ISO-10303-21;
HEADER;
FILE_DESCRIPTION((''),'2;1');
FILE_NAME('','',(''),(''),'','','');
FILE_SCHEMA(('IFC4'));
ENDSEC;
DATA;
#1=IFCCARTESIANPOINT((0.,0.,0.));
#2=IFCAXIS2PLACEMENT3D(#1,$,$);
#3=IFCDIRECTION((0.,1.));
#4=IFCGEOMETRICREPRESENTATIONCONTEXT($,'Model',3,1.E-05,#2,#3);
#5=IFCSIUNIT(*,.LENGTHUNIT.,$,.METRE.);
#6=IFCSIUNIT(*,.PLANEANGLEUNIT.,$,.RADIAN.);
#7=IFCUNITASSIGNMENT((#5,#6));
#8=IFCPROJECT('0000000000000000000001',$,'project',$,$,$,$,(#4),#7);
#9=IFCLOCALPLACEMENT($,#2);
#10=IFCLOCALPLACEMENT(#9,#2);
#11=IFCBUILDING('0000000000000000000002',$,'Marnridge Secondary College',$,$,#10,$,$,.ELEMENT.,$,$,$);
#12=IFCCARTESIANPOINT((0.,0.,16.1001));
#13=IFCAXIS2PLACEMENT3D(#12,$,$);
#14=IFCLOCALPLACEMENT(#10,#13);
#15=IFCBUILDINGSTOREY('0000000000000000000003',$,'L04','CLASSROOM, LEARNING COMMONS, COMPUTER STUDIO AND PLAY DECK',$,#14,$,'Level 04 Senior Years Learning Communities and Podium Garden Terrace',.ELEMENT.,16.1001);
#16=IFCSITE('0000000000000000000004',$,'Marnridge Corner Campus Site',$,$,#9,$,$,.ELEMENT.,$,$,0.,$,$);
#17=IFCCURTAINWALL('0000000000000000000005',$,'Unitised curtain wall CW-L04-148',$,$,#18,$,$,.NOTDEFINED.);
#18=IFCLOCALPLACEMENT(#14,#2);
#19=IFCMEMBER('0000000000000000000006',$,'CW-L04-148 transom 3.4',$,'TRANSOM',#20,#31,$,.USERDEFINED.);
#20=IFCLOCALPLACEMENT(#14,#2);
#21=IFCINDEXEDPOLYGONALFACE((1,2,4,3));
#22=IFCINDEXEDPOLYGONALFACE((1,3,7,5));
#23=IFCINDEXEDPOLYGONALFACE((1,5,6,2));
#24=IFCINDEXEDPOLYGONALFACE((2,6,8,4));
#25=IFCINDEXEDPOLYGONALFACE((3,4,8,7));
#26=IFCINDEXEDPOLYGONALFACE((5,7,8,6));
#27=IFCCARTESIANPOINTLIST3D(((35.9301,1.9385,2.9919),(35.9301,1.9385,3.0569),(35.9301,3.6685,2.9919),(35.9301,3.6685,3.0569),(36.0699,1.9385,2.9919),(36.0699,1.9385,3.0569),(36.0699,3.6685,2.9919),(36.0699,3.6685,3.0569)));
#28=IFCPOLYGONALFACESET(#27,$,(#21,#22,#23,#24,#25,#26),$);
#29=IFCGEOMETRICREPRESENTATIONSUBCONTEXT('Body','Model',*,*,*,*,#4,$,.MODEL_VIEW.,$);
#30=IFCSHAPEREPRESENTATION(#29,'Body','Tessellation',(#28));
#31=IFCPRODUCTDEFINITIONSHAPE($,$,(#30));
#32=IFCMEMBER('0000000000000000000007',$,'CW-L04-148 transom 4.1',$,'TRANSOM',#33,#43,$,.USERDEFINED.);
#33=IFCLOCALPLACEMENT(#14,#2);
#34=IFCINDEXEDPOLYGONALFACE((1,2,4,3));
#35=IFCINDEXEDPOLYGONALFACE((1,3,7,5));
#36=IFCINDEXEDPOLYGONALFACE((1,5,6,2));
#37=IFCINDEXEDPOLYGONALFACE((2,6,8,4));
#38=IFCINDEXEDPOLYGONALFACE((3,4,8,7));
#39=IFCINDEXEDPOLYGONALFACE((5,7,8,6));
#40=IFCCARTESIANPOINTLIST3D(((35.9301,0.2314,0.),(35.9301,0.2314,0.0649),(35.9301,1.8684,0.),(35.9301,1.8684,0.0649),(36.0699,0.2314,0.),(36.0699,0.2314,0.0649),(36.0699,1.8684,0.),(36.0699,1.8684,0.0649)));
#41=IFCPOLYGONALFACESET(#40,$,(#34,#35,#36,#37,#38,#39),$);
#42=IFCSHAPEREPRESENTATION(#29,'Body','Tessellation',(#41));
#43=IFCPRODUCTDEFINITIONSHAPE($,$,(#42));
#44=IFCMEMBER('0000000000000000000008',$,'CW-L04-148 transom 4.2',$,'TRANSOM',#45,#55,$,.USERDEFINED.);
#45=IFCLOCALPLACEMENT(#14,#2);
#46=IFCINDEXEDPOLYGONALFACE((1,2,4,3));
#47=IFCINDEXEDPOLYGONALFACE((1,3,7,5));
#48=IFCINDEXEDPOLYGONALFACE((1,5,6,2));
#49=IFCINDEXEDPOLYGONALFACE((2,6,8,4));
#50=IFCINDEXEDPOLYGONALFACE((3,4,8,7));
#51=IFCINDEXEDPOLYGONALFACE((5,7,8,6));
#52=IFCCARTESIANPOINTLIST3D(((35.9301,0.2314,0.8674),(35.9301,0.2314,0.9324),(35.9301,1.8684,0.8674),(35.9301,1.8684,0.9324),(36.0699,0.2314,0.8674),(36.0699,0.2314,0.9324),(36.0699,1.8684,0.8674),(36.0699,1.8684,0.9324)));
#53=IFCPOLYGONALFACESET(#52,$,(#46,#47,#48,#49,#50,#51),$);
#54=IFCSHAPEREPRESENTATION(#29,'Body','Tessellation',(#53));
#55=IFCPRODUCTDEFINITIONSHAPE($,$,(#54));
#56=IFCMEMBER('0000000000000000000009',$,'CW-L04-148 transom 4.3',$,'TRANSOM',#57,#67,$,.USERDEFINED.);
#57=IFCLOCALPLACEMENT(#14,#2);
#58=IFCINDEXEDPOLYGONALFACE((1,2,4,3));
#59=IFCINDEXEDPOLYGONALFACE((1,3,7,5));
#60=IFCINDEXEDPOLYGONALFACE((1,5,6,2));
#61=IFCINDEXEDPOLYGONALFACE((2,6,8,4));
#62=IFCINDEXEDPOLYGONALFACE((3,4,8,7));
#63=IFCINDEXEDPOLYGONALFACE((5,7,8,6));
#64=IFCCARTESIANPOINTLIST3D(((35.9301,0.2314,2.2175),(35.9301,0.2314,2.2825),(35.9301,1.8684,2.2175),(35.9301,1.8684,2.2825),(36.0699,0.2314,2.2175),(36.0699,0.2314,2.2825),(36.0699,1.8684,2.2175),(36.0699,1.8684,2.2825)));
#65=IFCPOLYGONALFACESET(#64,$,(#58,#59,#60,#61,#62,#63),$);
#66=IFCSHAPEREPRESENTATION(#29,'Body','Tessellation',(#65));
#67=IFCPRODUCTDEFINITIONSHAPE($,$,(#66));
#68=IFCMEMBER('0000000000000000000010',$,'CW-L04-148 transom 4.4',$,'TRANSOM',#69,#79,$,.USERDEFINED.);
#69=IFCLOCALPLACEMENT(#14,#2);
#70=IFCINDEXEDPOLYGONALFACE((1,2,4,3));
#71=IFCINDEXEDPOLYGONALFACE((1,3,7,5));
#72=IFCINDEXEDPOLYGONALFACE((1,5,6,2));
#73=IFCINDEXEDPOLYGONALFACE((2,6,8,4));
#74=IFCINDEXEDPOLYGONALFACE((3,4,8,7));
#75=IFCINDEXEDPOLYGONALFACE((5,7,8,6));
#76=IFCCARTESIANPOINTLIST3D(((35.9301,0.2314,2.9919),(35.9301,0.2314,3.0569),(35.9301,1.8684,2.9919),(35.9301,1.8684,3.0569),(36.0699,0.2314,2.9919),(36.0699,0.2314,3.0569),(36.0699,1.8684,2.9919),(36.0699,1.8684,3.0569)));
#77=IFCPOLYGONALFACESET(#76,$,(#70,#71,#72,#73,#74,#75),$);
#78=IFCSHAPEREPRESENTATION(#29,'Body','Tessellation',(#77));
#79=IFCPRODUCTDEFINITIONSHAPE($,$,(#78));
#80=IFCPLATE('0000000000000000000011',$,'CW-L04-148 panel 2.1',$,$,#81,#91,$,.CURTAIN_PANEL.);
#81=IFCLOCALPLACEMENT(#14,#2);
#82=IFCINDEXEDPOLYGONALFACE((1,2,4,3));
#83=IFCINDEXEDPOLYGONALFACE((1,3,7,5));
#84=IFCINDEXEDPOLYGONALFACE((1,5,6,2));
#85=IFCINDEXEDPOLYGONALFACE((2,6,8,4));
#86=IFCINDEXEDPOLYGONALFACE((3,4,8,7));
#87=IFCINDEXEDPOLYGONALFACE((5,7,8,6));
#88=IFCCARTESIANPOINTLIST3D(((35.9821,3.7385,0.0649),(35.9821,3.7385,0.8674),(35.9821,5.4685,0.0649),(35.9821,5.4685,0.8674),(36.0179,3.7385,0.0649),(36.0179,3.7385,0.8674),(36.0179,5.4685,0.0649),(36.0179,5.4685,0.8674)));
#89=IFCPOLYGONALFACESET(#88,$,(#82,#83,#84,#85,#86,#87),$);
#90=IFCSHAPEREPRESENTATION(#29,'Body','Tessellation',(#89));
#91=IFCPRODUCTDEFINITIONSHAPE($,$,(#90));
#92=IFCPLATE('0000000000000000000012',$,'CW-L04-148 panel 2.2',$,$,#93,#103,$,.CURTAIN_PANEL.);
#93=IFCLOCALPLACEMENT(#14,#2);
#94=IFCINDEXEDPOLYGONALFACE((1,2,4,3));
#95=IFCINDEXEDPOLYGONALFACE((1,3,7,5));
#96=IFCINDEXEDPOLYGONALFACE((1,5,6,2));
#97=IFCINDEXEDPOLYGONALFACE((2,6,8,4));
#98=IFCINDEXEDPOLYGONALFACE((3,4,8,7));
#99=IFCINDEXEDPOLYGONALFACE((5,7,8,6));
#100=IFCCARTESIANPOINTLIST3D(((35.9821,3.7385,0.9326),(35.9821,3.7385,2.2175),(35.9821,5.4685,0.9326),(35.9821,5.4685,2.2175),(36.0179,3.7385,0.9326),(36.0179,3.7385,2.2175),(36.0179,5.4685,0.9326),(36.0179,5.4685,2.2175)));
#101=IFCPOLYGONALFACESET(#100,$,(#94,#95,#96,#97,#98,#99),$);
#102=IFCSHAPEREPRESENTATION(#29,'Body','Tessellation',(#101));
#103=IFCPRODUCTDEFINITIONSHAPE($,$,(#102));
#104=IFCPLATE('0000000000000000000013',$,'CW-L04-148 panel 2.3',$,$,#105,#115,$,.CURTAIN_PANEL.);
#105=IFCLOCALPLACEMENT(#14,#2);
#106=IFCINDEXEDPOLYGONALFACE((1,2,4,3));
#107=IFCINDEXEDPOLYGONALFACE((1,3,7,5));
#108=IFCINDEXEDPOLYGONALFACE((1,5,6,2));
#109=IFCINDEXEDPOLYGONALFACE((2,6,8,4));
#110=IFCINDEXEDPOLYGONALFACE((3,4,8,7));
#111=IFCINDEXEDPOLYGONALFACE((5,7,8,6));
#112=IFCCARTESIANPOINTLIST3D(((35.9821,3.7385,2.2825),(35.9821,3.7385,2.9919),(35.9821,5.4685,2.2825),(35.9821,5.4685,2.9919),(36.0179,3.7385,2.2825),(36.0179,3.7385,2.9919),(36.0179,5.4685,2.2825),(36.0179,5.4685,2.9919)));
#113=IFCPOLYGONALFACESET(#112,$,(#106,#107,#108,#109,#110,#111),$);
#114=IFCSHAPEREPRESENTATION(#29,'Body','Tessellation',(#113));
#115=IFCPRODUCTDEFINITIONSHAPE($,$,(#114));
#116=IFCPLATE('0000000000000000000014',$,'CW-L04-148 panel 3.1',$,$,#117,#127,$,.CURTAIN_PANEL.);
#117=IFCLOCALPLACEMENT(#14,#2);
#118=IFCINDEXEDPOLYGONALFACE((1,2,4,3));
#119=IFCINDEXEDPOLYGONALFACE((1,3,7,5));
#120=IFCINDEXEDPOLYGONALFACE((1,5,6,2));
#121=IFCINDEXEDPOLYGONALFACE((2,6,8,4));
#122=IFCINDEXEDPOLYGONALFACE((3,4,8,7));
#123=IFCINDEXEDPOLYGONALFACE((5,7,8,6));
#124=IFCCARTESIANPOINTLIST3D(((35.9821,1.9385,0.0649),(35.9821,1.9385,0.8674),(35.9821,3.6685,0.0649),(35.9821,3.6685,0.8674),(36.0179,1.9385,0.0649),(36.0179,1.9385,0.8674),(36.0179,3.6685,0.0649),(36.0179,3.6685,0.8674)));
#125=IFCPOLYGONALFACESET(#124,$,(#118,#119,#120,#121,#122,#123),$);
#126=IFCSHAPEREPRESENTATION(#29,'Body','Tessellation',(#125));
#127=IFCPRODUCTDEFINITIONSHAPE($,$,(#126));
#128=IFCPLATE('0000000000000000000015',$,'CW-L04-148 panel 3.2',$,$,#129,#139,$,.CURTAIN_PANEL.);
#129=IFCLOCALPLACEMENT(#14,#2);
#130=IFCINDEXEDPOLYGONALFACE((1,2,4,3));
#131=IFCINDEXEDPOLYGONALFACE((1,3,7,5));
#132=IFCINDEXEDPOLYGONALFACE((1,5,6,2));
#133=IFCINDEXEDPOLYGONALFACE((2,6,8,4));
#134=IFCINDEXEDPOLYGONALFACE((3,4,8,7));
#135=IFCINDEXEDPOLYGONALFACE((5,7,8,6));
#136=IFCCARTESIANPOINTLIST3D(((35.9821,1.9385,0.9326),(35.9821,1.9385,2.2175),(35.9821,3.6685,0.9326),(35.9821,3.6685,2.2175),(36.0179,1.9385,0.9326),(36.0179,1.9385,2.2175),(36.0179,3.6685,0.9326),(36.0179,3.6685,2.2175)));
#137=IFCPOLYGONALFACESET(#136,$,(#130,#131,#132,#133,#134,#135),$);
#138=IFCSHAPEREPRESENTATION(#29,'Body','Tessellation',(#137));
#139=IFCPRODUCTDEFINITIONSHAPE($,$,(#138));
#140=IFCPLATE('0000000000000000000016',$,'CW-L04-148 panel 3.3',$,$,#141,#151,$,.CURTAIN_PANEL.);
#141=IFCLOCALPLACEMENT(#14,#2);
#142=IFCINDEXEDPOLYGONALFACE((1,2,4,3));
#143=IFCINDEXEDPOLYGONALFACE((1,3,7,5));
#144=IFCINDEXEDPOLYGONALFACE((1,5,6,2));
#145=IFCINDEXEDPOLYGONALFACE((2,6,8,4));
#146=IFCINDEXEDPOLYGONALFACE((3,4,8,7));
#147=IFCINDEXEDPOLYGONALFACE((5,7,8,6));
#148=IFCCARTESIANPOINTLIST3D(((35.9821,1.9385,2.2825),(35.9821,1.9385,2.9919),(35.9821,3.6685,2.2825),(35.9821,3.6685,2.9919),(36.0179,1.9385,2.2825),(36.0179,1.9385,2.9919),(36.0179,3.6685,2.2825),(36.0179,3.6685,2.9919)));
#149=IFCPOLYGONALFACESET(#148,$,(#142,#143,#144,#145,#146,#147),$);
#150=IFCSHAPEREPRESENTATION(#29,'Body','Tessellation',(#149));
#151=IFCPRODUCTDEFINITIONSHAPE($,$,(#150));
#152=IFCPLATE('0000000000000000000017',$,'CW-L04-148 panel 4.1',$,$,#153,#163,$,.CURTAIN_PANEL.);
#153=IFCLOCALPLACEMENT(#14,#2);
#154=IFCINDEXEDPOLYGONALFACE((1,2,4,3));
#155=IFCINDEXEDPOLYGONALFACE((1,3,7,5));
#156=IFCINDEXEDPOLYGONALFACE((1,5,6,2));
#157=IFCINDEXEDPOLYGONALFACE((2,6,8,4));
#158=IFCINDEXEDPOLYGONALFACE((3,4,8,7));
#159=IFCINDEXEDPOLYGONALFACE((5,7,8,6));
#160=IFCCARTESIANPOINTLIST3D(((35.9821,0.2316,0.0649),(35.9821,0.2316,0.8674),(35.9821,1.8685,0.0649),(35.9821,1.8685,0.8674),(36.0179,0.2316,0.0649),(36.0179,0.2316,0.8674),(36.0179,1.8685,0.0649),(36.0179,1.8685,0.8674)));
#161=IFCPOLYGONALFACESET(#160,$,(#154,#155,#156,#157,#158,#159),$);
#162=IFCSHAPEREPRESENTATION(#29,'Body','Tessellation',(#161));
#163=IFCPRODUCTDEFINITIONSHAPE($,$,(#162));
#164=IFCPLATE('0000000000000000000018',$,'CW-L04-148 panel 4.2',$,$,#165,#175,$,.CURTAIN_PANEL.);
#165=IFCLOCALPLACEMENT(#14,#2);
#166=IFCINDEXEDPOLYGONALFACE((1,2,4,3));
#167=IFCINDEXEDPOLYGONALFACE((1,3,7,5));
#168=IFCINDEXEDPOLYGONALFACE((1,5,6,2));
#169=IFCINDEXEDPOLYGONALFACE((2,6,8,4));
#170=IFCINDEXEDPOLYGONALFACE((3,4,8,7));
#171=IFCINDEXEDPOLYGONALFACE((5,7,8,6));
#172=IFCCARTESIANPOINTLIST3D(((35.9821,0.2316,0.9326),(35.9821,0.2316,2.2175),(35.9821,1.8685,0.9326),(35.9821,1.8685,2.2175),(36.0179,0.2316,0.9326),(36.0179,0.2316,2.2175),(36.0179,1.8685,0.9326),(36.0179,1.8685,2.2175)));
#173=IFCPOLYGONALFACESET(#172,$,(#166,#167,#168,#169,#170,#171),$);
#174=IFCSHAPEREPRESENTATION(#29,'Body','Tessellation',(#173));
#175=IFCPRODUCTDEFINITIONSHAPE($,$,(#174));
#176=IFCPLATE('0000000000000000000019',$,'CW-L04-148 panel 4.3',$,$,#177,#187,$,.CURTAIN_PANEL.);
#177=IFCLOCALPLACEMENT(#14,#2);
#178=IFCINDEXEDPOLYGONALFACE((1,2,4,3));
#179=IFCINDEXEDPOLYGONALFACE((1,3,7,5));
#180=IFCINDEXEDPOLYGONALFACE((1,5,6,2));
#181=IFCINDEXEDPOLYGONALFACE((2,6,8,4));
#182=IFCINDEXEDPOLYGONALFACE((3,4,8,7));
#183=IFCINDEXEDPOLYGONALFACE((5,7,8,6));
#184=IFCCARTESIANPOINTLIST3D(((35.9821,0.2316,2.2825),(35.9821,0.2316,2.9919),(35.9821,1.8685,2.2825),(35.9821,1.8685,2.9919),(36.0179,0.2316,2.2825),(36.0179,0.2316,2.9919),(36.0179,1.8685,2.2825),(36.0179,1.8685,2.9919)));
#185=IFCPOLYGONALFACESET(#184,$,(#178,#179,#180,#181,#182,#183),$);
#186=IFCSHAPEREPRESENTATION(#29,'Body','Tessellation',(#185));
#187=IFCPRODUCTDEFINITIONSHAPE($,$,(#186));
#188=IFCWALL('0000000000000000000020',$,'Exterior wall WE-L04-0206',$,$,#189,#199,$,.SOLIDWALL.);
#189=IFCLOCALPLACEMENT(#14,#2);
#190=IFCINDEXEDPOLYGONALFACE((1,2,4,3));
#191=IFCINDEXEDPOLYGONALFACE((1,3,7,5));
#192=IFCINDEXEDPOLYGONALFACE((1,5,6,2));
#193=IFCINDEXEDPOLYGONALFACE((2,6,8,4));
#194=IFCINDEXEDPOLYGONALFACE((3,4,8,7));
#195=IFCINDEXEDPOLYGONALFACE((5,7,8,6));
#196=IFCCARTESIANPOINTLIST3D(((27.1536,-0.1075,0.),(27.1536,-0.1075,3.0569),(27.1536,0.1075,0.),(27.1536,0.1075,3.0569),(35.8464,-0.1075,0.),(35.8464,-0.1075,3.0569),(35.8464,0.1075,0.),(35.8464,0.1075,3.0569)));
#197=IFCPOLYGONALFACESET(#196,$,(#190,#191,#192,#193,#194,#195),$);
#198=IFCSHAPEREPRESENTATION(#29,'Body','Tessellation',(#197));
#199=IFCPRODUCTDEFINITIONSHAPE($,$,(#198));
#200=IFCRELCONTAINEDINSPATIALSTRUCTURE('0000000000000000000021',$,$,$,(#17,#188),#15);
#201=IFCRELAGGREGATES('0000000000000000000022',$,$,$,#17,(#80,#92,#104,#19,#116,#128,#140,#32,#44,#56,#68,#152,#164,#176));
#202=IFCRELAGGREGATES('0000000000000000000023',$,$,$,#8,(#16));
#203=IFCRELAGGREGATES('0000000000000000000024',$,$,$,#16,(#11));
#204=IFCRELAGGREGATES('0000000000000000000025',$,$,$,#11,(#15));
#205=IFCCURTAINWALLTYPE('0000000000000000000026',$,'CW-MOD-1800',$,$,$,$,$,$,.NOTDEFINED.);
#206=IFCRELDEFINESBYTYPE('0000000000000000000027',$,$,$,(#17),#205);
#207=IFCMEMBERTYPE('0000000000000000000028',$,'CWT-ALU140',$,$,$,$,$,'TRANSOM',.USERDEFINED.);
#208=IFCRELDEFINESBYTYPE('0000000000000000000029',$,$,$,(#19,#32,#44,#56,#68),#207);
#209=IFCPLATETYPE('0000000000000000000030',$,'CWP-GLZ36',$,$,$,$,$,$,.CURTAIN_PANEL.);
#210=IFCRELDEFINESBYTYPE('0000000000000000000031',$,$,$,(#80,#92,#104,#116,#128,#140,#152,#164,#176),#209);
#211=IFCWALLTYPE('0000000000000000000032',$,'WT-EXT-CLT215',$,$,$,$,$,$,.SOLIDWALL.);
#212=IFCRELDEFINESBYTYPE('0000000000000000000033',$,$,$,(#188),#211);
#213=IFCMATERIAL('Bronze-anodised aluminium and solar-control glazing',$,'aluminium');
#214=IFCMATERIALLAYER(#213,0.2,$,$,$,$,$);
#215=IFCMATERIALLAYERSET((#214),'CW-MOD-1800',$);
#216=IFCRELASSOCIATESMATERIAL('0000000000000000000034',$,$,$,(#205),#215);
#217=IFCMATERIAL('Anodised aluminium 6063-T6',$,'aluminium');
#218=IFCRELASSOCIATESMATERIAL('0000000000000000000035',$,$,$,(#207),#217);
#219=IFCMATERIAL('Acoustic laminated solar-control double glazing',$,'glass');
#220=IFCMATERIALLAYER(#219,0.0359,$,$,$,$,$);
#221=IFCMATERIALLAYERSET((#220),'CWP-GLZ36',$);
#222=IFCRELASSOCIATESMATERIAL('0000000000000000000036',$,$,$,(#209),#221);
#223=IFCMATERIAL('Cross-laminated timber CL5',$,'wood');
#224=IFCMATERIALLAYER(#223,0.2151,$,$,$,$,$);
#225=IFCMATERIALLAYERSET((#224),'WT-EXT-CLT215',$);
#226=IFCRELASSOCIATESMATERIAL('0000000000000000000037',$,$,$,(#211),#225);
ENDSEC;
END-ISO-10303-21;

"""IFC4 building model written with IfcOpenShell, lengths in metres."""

from ifc_helpers import new_model, si_unit, direction, frame, frame_2d, origin, origin_2d, place, context, subcontext, project, spatial, rectangle, extrude, material, layer, layer_set, material_profile, profile_set, type_object, element, aggregate, save


model = new_model("IFC4")

# Units and contexts
model_context = context("Model", 3, precision=1e-05, world=origin(), true_north=direction((0.0, 1.0)))
body_context = subcontext(model_context, "Body", "Model", "MODEL_VIEW")
ifc_project = project(units=[si_unit("LENGTHUNIT", "METRE"), si_unit("PLANEANGLEUNIT", "RADIAN")], contexts=[model_context])

# Site, building, storey
site_placement = place(None, origin())
site = spatial("IfcSite", under=ifc_project, at=site_placement, Name="Marnridge Corner Campus Site", CompositionType="ELEMENT", RefElevation=0.0)
building_placement = place(site_placement, origin())
building = spatial("IfcBuilding", under=site, at=building_placement, Name="Marnridge Secondary College", CompositionType="ELEMENT")
storey_placement = place(building_placement, frame((0.0, 0.0, 16.1001)))
storey = spatial("IfcBuildingStorey", under=building, at=storey_placement, Name="L04", Description="CLASSROOM, LEARNING COMMONS, COMPUTER STUDIO AND PLAY DECK", LongName="Level 04 Senior Years Learning Communities and Podium Garden Terrace", CompositionType="ELEMENT", Elevation=16.1001)

# Curtain wall, members, plates
ifc_material_1 = material(Name="Bronze-anodised aluminium and solar-control glazing", Category="aluminium")
ifc_layer_1 = layer(ifc_material_1, 0.2)
ifc_layer_set_1 = layer_set([ifc_layer_1], Name="CW-MOD-1800")
curtain_wall_type = type_object("IfcCurtainWallType", Name="CW-MOD-1800", PredefinedType="NOTDEFINED", material=ifc_layer_set_1)
curtain_wall_placement = place(storey_placement, origin())
curtain_wall = element("IfcCurtainWall", 1, at=curtain_wall_placement, inside=storey, type_object=curtain_wall_type, Name="Unitised curtain wall CW-L04-148", PredefinedType="NOTDEFINED")
ifc_material_2 = material(Name="Anodised aluminium 6063-T6", Category="aluminium")
ifc_material_profile_1 = material_profile(ifc_material_2, rectangle(XDim=0.0649, YDim=0.1399, at=origin_2d()), Name="ALU 65x140")
ifc_profile_set_1 = profile_set([ifc_material_profile_1], Name="Anodised aluminium 6063-T6")
member_type_1 = type_object("IfcMemberType", Name="CWT-ALU140", ElementType="TRANSOM", PredefinedType="USERDEFINED", material=ifc_profile_set_1)
member_1_placement = place(storey_placement, frame((36.0, 3.6685, 3.0244), z_axis=(0.0, -1.0, 0.0), x_axis=(0.0, 0.0, 1.0)))
member_1 = element("IfcMember", 2, at=member_1_placement, type_object=member_type_1, Name="CW-L04-148 transom 3.4", ObjectType="TRANSOM", PredefinedType="USERDEFINED", context=body_context, shape_type="SweptSolid", body=[
    extrude(rectangle(XDim=0.0649, YDim=0.1399, at=origin_2d()), origin(), (0.0, 0.0, 1.0), 1.73),
])
member_2_placement = place(storey_placement, frame((36.0, 1.8684, 0.0325), z_axis=(0.0, -1.0, 0.0), x_axis=(0.0, 0.0, 1.0)))
member_2 = element("IfcMember", 3, at=member_2_placement, type_object=member_type_1, Name="CW-L04-148 transom 4.1", ObjectType="TRANSOM", PredefinedType="USERDEFINED", context=body_context, shape_type="SweptSolid", body=[
    extrude(rectangle(XDim=0.0649, YDim=0.1399, at=origin_2d()), origin(), (0.0, 0.0, 1.0), 1.637),
])
member_3_placement = place(storey_placement, frame((36.0, 1.8684, 0.8999), z_axis=(0.0, -1.0, 0.0), x_axis=(0.0, 0.0, 1.0)))
member_3 = element("IfcMember", 4, at=member_3_placement, type_object=member_type_1, Name="CW-L04-148 transom 4.2", ObjectType="TRANSOM", PredefinedType="USERDEFINED", context=body_context, shape_type="SweptSolid", body=[
    extrude(rectangle(XDim=0.0649, YDim=0.1399, at=origin_2d()), origin(), (0.0, 0.0, 1.0), 1.637),
])
member_4_placement = place(storey_placement, frame((36.0, 1.8684, 2.25), z_axis=(0.0, -1.0, 0.0), x_axis=(0.0, 0.0, 1.0)))
member_4 = element("IfcMember", 5, at=member_4_placement, type_object=member_type_1, Name="CW-L04-148 transom 4.3", ObjectType="TRANSOM", PredefinedType="USERDEFINED", context=body_context, shape_type="SweptSolid", body=[
    extrude(rectangle(XDim=0.0649, YDim=0.1399, at=origin_2d()), origin(), (0.0, 0.0, 1.0), 1.637),
])
member_5_placement = place(storey_placement, frame((36.0, 1.8684, 3.0244), z_axis=(0.0, -1.0, 0.0), x_axis=(0.0, 0.0, 1.0)))
member_5 = element("IfcMember", 6, at=member_5_placement, type_object=member_type_1, Name="CW-L04-148 transom 4.4", ObjectType="TRANSOM", PredefinedType="USERDEFINED", context=body_context, shape_type="SweptSolid", body=[
    extrude(rectangle(XDim=0.0649, YDim=0.1399, at=origin_2d()), origin(), (0.0, 0.0, 1.0), 1.637),
])
ifc_material_3 = material(Name="Acoustic laminated solar-control double glazing", Category="glass")
ifc_layer_2 = layer(ifc_material_3, 0.0359)
ifc_layer_set_2 = layer_set([ifc_layer_2], Name="CWP-GLZ36")
plate_type = type_object("IfcPlateType", Name="CWP-GLZ36", PredefinedType="CURTAIN_PANEL", material=ifc_layer_set_2)
plate_1_placement = place(storey_placement, frame((36.0, 4.6035, 0.0649), z_axis=(0.0, 0.0, 1.0), x_axis=(0.0, -1.0, 0.0)))
plate_1 = element("IfcPlate", 7, at=plate_1_placement, type_object=plate_type, Name="CW-L04-148 panel 2.1", PredefinedType="CURTAIN_PANEL", context=body_context, shape_type="SweptSolid", body=[
    extrude(rectangle(XDim=1.73, YDim=0.0359, at=origin_2d()), origin(), (0.0, 0.0, 1.0), 0.8025),
])
plate_2_placement = place(storey_placement, frame((36.0, 4.6035, 0.9326), z_axis=(0.0, 0.0, 1.0), x_axis=(0.0, -1.0, 0.0)))
plate_2 = element("IfcPlate", 8, at=plate_2_placement, type_object=plate_type, Name="CW-L04-148 panel 2.2", PredefinedType="CURTAIN_PANEL", context=body_context, shape_type="SweptSolid", body=[
    extrude(rectangle(XDim=1.73, YDim=0.0359, at=origin_2d()), origin(), (0.0, 0.0, 1.0), 1.2849),
])
plate_3_placement = place(storey_placement, frame((36.0, 4.6035, 2.2825), z_axis=(0.0, 0.0, 1.0), x_axis=(0.0, -1.0, 0.0)))
plate_3 = element("IfcPlate", 9, at=plate_3_placement, type_object=plate_type, Name="CW-L04-148 panel 2.3", PredefinedType="CURTAIN_PANEL", context=body_context, shape_type="SweptSolid", body=[
    extrude(rectangle(XDim=1.73, YDim=0.0359, at=origin_2d()), origin(), (0.0, 0.0, 1.0), 0.7095),
])
plate_4_placement = place(storey_placement, frame((36.0, 2.8035, 0.0649), z_axis=(0.0, 0.0, 1.0), x_axis=(0.0, -1.0, 0.0)))
plate_4 = element("IfcPlate", 10, at=plate_4_placement, type_object=plate_type, Name="CW-L04-148 panel 3.1", PredefinedType="CURTAIN_PANEL", context=body_context, shape_type="SweptSolid", body=[
    extrude(rectangle(XDim=1.73, YDim=0.0359, at=origin_2d()), origin(), (0.0, 0.0, 1.0), 0.8025),
])
plate_5_placement = place(storey_placement, frame((36.0, 2.8035, 0.9326), z_axis=(0.0, 0.0, 1.0), x_axis=(0.0, -1.0, 0.0)))
plate_5 = element("IfcPlate", 11, at=plate_5_placement, type_object=plate_type, Name="CW-L04-148 panel 3.2", PredefinedType="CURTAIN_PANEL", context=body_context, shape_type="SweptSolid", body=[
    extrude(rectangle(XDim=1.73, YDim=0.0359, at=origin_2d()), origin(), (0.0, 0.0, 1.0), 1.2849),
])
plate_6_placement = place(storey_placement, frame((36.0, 2.8035, 2.2825), z_axis=(0.0, 0.0, 1.0), x_axis=(0.0, -1.0, 0.0)))
plate_6 = element("IfcPlate", 12, at=plate_6_placement, type_object=plate_type, Name="CW-L04-148 panel 3.3", PredefinedType="CURTAIN_PANEL", context=body_context, shape_type="SweptSolid", body=[
    extrude(rectangle(XDim=1.73, YDim=0.0359, at=origin_2d()), origin(), (0.0, 0.0, 1.0), 0.7095),
])
plate_7_placement = place(storey_placement, frame((36.0, 1.05, 0.0649), z_axis=(0.0, 0.0, 1.0), x_axis=(0.0, -1.0, 0.0)))
plate_7 = element("IfcPlate", 13, at=plate_7_placement, type_object=plate_type, Name="CW-L04-148 panel 4.1", PredefinedType="CURTAIN_PANEL", context=body_context, shape_type="SweptSolid", body=[
    extrude(rectangle(XDim=1.637, YDim=0.0359, at=origin_2d()), origin(), (0.0, 0.0, 1.0), 0.8025),
])
plate_8_placement = place(storey_placement, frame((36.0, 1.05, 0.9326), z_axis=(0.0, 0.0, 1.0), x_axis=(0.0, -1.0, 0.0)))
plate_8 = element("IfcPlate", 14, at=plate_8_placement, type_object=plate_type, Name="CW-L04-148 panel 4.2", PredefinedType="CURTAIN_PANEL", context=body_context, shape_type="SweptSolid", body=[
    extrude(rectangle(XDim=1.637, YDim=0.0359, at=origin_2d()), origin(), (0.0, 0.0, 1.0), 1.2849),
])
plate_9_placement = place(storey_placement, frame((36.0, 1.05, 2.2825), z_axis=(0.0, 0.0, 1.0), x_axis=(0.0, -1.0, 0.0)))
plate_9 = element("IfcPlate", 15, at=plate_9_placement, type_object=plate_type, Name="CW-L04-148 panel 4.3", PredefinedType="CURTAIN_PANEL", context=body_context, shape_type="SweptSolid", body=[
    extrude(rectangle(XDim=1.637, YDim=0.0359, at=origin_2d()), origin(), (0.0, 0.0, 1.0), 0.7095),
])
aggregate(curtain_wall, [plate_1, plate_2, plate_3, member_1, plate_4, plate_5, plate_6, member_2, member_3, member_4, member_5, plate_7, plate_8, plate_9])

# Wall
ifc_material_4 = material(Name="Cross-laminated timber CL5", Category="wood")
ifc_layer_3 = layer(ifc_material_4, 0.2151)
ifc_layer_set_3 = layer_set([ifc_layer_3], Name="WT-EXT-CLT215")
wall_type = type_object("IfcWallType", Name="WT-EXT-CLT215", PredefinedType="SOLIDWALL", material=ifc_layer_set_3)
wall_placement = place(storey_placement, frame((35.8464, 0.0, 0.0), z_axis=(0.0, 0.0, 1.0), x_axis=(-1.0, 0.0, 0.0)))
element("IfcWall", 16, at=wall_placement, inside=storey, type_object=wall_type, Name="Exterior wall WE-L04-0206", PredefinedType="SOLIDWALL", context=body_context, shape_type="SweptSolid", body=[
    extrude(rectangle(XDim=8.6929, YDim=0.2151, at=frame_2d((4.3464, 0.0))), origin(), (0.0, 0.0, 1.0), 3.0569),
])

save(model, "model.ifc")
